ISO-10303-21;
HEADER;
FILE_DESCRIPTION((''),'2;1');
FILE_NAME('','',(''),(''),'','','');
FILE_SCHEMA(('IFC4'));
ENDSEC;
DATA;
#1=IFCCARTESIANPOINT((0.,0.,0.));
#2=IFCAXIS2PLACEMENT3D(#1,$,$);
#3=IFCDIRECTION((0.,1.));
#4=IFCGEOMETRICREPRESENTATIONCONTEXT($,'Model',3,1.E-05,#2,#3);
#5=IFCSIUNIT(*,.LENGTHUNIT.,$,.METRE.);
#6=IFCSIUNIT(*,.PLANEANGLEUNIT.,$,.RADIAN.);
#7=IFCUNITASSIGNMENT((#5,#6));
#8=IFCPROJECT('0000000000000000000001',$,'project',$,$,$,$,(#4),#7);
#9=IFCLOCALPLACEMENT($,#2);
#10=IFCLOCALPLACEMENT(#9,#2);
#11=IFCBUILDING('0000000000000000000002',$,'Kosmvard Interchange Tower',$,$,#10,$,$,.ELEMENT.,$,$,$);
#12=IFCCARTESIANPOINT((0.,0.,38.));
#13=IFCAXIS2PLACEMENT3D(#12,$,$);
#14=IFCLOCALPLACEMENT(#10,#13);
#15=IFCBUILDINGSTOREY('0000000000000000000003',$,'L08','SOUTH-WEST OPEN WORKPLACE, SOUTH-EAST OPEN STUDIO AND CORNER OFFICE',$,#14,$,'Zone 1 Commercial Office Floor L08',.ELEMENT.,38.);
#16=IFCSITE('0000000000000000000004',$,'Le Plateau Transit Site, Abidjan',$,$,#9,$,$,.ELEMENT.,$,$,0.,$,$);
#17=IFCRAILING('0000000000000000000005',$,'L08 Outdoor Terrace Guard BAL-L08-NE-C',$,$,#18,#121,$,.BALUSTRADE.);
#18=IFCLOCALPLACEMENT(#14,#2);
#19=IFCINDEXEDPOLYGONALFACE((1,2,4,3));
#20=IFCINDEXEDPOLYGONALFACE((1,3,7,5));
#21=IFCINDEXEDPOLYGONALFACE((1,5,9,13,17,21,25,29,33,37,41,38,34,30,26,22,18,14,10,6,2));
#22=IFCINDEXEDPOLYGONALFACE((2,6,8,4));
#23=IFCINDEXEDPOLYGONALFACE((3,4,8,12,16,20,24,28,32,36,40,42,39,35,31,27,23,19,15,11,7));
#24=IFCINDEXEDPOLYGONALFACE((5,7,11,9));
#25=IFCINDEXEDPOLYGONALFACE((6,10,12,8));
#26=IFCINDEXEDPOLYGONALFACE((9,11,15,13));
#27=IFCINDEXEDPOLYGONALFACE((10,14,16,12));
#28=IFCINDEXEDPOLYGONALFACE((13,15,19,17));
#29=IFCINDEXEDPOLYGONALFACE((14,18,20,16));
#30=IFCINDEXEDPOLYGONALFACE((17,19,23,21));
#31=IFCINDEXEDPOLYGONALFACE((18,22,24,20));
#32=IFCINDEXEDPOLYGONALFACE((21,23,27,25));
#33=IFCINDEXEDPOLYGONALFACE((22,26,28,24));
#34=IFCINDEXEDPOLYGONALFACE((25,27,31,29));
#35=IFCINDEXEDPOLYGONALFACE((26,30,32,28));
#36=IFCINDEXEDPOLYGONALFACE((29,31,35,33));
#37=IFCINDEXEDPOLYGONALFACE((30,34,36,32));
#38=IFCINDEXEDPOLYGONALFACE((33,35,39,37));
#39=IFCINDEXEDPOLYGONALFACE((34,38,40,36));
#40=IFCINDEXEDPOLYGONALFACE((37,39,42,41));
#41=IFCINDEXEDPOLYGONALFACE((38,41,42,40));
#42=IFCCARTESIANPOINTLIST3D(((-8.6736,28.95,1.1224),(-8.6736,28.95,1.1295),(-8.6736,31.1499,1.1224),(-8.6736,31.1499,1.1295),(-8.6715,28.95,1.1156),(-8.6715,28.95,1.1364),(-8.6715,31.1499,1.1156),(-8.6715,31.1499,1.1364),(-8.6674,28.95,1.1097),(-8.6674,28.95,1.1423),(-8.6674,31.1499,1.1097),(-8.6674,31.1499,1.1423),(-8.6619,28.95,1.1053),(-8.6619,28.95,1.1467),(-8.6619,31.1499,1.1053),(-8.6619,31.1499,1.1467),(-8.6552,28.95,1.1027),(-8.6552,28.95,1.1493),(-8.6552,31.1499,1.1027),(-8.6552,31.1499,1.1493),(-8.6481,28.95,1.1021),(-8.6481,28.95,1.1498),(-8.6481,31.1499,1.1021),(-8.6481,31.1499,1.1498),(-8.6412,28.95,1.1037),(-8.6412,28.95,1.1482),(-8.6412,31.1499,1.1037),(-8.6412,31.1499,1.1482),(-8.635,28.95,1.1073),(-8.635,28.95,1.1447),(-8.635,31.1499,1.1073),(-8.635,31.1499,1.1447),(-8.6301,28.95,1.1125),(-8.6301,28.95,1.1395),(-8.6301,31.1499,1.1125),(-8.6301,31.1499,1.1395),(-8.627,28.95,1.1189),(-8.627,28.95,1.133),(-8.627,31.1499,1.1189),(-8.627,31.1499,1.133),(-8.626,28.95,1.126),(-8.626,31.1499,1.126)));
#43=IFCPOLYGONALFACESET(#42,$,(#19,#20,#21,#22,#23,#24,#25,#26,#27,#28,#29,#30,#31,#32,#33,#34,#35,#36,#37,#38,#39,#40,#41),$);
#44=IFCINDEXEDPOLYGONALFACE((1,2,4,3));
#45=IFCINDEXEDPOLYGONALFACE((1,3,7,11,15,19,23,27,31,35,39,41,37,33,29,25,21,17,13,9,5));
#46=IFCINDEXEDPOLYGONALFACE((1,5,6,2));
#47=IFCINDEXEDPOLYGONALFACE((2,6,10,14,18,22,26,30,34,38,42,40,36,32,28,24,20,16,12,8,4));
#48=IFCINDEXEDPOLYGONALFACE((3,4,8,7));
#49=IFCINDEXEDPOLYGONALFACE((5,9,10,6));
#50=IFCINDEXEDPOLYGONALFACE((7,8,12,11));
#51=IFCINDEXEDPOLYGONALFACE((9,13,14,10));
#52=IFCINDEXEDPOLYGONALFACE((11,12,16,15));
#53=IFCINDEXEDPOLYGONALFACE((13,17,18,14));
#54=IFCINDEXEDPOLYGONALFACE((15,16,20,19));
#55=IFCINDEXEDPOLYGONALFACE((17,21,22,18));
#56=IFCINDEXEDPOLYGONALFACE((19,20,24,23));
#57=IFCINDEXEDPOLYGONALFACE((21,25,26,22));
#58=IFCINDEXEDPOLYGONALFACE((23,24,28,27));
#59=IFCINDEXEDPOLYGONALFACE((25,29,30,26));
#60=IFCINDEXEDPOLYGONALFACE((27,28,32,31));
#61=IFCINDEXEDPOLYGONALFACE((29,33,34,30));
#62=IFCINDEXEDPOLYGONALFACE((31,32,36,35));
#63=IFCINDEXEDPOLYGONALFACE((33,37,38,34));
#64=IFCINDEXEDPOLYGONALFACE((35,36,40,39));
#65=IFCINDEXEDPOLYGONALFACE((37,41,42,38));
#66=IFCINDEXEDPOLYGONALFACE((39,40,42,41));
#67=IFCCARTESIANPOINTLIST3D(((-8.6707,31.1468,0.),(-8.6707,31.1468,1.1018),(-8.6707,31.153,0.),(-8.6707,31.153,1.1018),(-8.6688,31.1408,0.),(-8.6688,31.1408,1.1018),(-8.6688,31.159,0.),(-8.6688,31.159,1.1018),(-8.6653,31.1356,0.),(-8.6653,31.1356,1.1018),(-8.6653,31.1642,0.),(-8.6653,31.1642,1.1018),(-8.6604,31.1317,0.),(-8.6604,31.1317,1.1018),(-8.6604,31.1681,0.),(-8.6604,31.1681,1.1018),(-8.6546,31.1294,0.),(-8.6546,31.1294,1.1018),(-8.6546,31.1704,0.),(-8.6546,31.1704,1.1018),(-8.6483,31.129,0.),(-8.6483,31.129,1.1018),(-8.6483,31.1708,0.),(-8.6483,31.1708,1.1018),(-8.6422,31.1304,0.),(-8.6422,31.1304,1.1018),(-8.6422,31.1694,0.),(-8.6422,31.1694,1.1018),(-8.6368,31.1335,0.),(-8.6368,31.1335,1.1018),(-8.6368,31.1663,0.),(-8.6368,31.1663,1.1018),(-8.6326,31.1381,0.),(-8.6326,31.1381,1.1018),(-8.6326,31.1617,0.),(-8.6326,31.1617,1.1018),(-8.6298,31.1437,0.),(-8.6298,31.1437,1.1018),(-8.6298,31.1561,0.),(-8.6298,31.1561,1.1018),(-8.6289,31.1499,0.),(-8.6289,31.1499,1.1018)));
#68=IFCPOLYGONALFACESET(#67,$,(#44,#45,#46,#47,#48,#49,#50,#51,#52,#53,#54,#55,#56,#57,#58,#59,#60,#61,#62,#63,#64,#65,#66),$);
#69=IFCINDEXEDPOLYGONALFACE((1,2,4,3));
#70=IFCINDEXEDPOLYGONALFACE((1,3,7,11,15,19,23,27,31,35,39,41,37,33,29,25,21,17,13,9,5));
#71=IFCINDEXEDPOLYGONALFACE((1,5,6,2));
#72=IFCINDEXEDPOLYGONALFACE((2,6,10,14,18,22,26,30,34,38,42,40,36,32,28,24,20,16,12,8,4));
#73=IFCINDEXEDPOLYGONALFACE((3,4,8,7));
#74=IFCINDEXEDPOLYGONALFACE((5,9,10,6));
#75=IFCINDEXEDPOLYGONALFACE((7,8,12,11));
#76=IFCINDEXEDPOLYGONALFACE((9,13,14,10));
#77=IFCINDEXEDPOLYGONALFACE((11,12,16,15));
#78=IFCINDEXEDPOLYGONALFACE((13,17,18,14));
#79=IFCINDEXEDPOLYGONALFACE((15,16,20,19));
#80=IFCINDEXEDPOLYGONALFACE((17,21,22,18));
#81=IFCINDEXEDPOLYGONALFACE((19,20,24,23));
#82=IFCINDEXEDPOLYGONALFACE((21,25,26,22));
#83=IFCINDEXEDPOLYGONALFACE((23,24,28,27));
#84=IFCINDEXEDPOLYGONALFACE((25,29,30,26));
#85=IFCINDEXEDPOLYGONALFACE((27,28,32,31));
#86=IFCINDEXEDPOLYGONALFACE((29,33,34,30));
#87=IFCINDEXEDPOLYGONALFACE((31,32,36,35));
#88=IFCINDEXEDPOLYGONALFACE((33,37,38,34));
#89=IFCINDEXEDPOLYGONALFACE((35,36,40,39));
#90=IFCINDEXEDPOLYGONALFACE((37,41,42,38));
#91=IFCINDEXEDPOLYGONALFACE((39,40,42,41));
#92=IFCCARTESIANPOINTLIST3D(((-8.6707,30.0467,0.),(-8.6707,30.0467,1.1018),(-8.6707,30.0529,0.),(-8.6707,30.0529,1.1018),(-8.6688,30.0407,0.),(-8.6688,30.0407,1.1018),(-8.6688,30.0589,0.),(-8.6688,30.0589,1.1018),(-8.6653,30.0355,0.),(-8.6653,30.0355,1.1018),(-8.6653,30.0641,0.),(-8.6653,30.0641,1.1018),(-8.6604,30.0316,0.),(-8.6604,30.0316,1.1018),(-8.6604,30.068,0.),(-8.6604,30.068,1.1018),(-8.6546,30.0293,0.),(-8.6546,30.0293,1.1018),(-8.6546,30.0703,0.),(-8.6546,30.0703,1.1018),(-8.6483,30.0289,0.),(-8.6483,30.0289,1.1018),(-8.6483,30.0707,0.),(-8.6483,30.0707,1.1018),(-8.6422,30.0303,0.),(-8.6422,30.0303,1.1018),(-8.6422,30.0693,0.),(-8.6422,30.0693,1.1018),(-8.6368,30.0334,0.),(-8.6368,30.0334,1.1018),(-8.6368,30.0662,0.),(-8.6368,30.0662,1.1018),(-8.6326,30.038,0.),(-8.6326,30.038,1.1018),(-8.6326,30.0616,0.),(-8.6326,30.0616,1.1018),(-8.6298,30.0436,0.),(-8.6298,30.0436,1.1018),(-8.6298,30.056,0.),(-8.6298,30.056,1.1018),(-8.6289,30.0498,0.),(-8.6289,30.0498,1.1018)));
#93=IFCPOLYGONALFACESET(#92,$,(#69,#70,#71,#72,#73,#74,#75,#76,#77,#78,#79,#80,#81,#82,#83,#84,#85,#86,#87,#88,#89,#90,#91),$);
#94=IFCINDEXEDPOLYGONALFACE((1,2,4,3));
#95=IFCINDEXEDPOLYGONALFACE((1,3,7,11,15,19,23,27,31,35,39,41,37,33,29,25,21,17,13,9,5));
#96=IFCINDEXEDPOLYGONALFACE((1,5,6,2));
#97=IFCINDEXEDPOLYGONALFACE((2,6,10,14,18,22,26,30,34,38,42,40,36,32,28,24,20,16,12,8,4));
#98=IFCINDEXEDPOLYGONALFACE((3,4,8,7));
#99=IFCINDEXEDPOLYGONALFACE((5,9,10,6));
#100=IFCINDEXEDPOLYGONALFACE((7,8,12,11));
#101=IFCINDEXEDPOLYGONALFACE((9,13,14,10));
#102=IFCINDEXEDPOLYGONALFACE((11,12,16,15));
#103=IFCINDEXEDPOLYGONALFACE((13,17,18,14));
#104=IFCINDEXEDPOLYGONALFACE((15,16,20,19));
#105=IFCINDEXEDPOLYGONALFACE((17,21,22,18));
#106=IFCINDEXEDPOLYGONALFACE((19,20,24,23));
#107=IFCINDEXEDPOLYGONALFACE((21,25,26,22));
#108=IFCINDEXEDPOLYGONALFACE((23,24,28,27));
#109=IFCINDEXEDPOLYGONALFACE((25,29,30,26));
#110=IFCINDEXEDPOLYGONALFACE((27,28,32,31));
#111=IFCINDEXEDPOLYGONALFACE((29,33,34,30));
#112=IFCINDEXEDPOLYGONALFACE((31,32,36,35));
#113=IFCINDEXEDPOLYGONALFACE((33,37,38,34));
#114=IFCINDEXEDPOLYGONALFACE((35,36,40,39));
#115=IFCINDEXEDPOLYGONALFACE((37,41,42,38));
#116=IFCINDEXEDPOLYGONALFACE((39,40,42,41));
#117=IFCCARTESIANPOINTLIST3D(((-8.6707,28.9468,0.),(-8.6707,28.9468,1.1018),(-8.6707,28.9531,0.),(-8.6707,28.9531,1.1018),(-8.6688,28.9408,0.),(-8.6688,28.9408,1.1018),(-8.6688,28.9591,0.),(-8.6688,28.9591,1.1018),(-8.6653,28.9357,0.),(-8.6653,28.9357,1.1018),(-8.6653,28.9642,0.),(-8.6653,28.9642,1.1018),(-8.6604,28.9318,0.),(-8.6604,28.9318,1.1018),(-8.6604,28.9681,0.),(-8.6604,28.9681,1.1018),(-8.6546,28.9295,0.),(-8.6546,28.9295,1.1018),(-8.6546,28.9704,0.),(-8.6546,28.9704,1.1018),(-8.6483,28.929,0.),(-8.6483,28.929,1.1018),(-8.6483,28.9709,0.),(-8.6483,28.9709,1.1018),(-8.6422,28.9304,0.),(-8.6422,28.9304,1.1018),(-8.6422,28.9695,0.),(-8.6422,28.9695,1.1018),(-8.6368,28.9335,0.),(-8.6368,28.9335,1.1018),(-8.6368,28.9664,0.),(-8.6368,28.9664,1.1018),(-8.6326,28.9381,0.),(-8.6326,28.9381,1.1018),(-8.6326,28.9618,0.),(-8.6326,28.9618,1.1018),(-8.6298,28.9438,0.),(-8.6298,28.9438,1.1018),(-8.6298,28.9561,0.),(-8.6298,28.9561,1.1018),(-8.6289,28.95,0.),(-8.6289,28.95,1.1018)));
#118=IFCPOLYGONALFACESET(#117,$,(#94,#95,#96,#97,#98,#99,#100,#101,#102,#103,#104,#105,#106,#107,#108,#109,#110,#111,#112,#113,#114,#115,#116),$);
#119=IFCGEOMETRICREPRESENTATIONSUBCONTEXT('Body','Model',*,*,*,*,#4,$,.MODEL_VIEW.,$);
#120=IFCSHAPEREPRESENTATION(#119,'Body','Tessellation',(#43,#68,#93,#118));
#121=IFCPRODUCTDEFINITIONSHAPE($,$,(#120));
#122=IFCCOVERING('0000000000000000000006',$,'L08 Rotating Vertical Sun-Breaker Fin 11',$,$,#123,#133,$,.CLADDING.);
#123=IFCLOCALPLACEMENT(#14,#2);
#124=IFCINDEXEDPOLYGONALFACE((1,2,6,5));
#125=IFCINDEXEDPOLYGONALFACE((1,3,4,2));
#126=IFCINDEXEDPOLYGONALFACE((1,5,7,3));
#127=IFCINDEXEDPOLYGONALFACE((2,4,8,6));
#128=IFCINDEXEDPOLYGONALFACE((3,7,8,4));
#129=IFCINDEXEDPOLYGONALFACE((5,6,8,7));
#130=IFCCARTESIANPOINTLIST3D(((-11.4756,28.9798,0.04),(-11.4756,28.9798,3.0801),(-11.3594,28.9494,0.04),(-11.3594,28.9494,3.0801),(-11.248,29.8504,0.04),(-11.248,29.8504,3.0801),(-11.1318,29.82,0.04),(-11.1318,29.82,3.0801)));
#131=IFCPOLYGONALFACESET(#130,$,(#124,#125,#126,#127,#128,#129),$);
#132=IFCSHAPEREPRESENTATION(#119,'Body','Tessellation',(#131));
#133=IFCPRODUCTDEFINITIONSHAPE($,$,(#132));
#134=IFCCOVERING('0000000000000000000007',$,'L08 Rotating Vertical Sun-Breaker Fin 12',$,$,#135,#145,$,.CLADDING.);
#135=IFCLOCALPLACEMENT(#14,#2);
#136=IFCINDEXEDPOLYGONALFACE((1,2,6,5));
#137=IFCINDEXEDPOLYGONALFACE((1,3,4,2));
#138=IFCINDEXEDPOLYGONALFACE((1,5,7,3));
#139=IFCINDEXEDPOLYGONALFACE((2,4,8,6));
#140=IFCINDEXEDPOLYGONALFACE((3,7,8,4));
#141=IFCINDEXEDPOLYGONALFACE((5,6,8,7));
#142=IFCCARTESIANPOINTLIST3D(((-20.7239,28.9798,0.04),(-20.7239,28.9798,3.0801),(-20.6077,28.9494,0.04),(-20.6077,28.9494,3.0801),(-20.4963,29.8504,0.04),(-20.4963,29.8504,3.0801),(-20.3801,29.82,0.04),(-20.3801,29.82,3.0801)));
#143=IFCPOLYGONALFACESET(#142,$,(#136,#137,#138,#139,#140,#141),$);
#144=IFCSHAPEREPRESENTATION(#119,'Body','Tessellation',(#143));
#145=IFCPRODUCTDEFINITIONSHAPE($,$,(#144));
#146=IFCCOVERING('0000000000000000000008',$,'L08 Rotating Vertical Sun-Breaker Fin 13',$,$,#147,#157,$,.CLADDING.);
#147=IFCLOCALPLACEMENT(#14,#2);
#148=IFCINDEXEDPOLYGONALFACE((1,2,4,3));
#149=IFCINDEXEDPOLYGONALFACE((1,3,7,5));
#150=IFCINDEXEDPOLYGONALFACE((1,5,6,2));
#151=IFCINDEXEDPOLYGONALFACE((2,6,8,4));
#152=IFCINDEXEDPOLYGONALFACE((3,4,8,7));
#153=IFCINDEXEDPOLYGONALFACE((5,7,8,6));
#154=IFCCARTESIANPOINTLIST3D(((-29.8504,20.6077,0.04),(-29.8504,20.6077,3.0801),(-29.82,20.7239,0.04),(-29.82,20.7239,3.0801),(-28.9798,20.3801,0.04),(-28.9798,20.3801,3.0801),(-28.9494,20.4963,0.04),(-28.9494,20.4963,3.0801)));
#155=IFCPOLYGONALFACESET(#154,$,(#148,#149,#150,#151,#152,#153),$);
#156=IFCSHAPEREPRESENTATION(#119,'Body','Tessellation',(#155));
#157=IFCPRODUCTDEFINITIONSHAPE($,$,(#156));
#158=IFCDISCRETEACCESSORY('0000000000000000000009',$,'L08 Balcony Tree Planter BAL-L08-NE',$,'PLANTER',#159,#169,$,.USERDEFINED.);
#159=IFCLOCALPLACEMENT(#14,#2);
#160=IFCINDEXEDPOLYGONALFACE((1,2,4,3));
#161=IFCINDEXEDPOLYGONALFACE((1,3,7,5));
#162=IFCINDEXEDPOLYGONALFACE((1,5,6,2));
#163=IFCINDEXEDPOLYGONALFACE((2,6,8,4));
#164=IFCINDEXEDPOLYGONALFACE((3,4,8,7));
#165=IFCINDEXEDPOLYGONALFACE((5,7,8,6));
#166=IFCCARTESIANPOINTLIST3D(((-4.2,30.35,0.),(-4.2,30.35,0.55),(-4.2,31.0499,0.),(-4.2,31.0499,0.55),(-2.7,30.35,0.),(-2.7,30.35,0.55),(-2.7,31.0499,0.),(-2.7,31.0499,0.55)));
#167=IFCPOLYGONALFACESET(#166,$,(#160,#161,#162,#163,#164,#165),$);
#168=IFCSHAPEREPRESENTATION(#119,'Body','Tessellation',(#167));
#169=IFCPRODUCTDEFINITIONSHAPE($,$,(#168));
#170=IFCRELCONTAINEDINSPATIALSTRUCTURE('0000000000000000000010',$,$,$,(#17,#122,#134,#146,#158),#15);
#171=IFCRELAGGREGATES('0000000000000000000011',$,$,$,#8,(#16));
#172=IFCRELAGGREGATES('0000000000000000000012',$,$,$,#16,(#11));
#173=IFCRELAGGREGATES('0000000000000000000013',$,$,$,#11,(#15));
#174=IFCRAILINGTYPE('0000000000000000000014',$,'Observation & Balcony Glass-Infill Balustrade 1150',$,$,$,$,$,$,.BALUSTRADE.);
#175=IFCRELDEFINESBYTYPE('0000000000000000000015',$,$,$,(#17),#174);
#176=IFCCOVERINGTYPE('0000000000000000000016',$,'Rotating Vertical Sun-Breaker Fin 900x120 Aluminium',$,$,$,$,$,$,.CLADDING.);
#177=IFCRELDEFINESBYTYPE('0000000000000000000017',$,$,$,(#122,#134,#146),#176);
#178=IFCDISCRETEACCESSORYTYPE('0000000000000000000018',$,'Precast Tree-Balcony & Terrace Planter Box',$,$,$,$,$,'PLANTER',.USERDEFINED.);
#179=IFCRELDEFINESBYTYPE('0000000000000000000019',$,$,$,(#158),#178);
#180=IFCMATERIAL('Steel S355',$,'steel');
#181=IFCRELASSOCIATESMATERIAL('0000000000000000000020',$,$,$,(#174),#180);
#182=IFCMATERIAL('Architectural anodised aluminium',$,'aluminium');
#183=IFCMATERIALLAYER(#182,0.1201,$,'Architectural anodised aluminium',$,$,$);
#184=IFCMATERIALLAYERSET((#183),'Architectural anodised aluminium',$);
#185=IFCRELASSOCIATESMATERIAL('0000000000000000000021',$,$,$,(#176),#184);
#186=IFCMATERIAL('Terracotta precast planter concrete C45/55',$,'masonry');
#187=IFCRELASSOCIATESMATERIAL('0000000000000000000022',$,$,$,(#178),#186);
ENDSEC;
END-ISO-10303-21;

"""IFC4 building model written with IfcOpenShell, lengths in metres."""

from ifc_helpers import new_model, si_unit, direction, frame, origin, origin_2d, place, context, subcontext, project, spatial, rectangle, circle, extrude, source, transform, mapped, material, layer, layer_set, type_object, element, save


model = new_model("IFC4")

# Units and contexts
model_context = context("Model", 3, precision=1e-05, world=origin(), true_north=direction((0.0, 1.0)))
body_context = subcontext(model_context, "Body", "Model", "MODEL_VIEW")
ifc_project = project(units=[si_unit("LENGTHUNIT", "METRE"), si_unit("PLANEANGLEUNIT", "RADIAN")], contexts=[model_context])

# Site, building, storey
site_placement = place(None, origin())
site = spatial("IfcSite", under=ifc_project, at=site_placement, Name="Le Plateau Transit Site, Abidjan", CompositionType="ELEMENT", RefElevation=0.0)
building_placement = place(site_placement, origin())
building = spatial("IfcBuilding", under=site, at=building_placement, Name="Kosmvard Interchange Tower", CompositionType="ELEMENT")
storey_placement = place(building_placement, frame((0.0, 0.0, 38.0)))
storey = spatial("IfcBuildingStorey", under=building, at=storey_placement, Name="L08", Description="SOUTH-WEST OPEN WORKPLACE, SOUTH-EAST OPEN STUDIO AND CORNER OFFICE", LongName="Zone 1 Commercial Office Floor L08", CompositionType="ELEMENT", Elevation=38.0)

# Shared definitions
ifc_material_1 = material(Name="Steel S355", Category="steel")

# Railing
railing_type = type_object("IfcRailingType", Name="Observation & Balcony Glass-Infill Balustrade 1150", PredefinedType="BALUSTRADE", material=ifc_material_1)
shared_shape_1 = source(origin(), body_context, "Body", "SweptSolid", [
    extrude(circle(Radius=0.0239, at=origin_2d()), frame((0.0, 0.0, 1.126), z_axis=(0.0, -1.0, 0.0), x_axis=(1.0, 0.0, 0.0)), (0.0, 0.0, 1.0), 2.2),
    extrude(circle(Radius=0.021, at=origin_2d()), origin(), (0.0, 0.0, 1.0), 1.1018),
    extrude(circle(Radius=0.021, at=origin_2d()), frame((0.0, -1.1001, 0.0)), (0.0, 0.0, 1.0), 1.1018),
    extrude(circle(Radius=0.021, at=origin_2d()), frame((0.0, -2.2, 0.0)), (0.0, 0.0, 1.0), 1.1018),
])
railing_placement = place(storey_placement, frame((-8.6499, 31.1499, 0.0)))
element("IfcRailing", 1, at=railing_placement, inside=storey, type_object=railing_type, Name="L08 Outdoor Terrace Guard BAL-L08-NE-C", PredefinedType="BALUSTRADE", context=body_context, shape_type="MappedRepresentation", body=[
    mapped(shared_shape_1, transform((0.0, 0.0, 0.0), scale=1.0)),
])

# Coverings
ifc_material_2 = material(Name="Architectural anodised aluminium", Category="aluminium")
ifc_layer_1 = layer(ifc_material_2, 0.1201, Name="Architectural anodised aluminium")
ifc_layer_set_1 = layer_set([ifc_layer_1], Name="Architectural anodised aluminium")
covering_type = type_object("IfcCoveringType", Name="Rotating Vertical Sun-Breaker Fin 900x120 Aluminium", PredefinedType="CLADDING", material=ifc_layer_set_1)
shared_shape_2 = source(origin(), body_context, "Body", "SweptSolid", [
    extrude(rectangle(XDim=0.8999, YDim=0.1201, at=origin_2d()), origin(), (0.0, 0.0, 1.0), 3.04),
])
for number, where, z_axis, x_axis, name in (
    (2, (-11.3037, 29.3999, 0.04), (0.0, 0.0, 1.0), (0.252914, 0.967489, 0.0), "L08 Rotating Vertical Sun-Breaker Fin 11"),
    (3, (-20.552, 29.3999, 0.04), (0.0, 0.0, 1.0), (0.252914, 0.967489, 0.0), "L08 Rotating Vertical Sun-Breaker Fin 12"),
    (4, (-29.3999, 20.552, 0.04), (0.0, 0.0, 1.0), (-0.967489, 0.252914, 0.0), "L08 Rotating Vertical Sun-Breaker Fin 13"),
):
    element("IfcCovering", number, at=place(storey_placement, frame(where, z_axis=z_axis, x_axis=x_axis)), inside=storey, type_object=covering_type, Name=name, PredefinedType="CLADDING", context=body_context, shape_type="MappedRepresentation", body=[
        mapped(shared_shape_2, transform((0.0, 0.0, 0.0), scale=1.0)),
    ])

# Discrete accessory
ifc_material_3 = material(Name="Terracotta precast planter concrete C45/55", Category="masonry")
discrete_accessory_type = type_object("IfcDiscreteAccessoryType", Name="Precast Tree-Balcony & Terrace Planter Box", ElementType="PLANTER", PredefinedType="USERDEFINED", material=ifc_material_3)
shared_shape_3 = source(origin(), body_context, "Body", "SweptSolid", [
    extrude(rectangle(XDim=1.5, YDim=0.7, at=origin_2d()), origin(), (0.0, 0.0, 1.0), 0.55),
])
discrete_accessory_placement = place(storey_placement, frame((-3.45, 30.7, 0.0), z_axis=(0.0, 0.0, 1.0), x_axis=(1.0, 0.0, 0.0)))
element("IfcDiscreteAccessory", 5, at=discrete_accessory_placement, inside=storey, type_object=discrete_accessory_type, Name="L08 Balcony Tree Planter BAL-L08-NE", ObjectType="PLANTER", PredefinedType="USERDEFINED", context=body_context, shape_type="MappedRepresentation", body=[
    mapped(shared_shape_3, transform((0.0, 0.0, 0.0), scale=1.0)),
])

save(model, "model.ifc")
